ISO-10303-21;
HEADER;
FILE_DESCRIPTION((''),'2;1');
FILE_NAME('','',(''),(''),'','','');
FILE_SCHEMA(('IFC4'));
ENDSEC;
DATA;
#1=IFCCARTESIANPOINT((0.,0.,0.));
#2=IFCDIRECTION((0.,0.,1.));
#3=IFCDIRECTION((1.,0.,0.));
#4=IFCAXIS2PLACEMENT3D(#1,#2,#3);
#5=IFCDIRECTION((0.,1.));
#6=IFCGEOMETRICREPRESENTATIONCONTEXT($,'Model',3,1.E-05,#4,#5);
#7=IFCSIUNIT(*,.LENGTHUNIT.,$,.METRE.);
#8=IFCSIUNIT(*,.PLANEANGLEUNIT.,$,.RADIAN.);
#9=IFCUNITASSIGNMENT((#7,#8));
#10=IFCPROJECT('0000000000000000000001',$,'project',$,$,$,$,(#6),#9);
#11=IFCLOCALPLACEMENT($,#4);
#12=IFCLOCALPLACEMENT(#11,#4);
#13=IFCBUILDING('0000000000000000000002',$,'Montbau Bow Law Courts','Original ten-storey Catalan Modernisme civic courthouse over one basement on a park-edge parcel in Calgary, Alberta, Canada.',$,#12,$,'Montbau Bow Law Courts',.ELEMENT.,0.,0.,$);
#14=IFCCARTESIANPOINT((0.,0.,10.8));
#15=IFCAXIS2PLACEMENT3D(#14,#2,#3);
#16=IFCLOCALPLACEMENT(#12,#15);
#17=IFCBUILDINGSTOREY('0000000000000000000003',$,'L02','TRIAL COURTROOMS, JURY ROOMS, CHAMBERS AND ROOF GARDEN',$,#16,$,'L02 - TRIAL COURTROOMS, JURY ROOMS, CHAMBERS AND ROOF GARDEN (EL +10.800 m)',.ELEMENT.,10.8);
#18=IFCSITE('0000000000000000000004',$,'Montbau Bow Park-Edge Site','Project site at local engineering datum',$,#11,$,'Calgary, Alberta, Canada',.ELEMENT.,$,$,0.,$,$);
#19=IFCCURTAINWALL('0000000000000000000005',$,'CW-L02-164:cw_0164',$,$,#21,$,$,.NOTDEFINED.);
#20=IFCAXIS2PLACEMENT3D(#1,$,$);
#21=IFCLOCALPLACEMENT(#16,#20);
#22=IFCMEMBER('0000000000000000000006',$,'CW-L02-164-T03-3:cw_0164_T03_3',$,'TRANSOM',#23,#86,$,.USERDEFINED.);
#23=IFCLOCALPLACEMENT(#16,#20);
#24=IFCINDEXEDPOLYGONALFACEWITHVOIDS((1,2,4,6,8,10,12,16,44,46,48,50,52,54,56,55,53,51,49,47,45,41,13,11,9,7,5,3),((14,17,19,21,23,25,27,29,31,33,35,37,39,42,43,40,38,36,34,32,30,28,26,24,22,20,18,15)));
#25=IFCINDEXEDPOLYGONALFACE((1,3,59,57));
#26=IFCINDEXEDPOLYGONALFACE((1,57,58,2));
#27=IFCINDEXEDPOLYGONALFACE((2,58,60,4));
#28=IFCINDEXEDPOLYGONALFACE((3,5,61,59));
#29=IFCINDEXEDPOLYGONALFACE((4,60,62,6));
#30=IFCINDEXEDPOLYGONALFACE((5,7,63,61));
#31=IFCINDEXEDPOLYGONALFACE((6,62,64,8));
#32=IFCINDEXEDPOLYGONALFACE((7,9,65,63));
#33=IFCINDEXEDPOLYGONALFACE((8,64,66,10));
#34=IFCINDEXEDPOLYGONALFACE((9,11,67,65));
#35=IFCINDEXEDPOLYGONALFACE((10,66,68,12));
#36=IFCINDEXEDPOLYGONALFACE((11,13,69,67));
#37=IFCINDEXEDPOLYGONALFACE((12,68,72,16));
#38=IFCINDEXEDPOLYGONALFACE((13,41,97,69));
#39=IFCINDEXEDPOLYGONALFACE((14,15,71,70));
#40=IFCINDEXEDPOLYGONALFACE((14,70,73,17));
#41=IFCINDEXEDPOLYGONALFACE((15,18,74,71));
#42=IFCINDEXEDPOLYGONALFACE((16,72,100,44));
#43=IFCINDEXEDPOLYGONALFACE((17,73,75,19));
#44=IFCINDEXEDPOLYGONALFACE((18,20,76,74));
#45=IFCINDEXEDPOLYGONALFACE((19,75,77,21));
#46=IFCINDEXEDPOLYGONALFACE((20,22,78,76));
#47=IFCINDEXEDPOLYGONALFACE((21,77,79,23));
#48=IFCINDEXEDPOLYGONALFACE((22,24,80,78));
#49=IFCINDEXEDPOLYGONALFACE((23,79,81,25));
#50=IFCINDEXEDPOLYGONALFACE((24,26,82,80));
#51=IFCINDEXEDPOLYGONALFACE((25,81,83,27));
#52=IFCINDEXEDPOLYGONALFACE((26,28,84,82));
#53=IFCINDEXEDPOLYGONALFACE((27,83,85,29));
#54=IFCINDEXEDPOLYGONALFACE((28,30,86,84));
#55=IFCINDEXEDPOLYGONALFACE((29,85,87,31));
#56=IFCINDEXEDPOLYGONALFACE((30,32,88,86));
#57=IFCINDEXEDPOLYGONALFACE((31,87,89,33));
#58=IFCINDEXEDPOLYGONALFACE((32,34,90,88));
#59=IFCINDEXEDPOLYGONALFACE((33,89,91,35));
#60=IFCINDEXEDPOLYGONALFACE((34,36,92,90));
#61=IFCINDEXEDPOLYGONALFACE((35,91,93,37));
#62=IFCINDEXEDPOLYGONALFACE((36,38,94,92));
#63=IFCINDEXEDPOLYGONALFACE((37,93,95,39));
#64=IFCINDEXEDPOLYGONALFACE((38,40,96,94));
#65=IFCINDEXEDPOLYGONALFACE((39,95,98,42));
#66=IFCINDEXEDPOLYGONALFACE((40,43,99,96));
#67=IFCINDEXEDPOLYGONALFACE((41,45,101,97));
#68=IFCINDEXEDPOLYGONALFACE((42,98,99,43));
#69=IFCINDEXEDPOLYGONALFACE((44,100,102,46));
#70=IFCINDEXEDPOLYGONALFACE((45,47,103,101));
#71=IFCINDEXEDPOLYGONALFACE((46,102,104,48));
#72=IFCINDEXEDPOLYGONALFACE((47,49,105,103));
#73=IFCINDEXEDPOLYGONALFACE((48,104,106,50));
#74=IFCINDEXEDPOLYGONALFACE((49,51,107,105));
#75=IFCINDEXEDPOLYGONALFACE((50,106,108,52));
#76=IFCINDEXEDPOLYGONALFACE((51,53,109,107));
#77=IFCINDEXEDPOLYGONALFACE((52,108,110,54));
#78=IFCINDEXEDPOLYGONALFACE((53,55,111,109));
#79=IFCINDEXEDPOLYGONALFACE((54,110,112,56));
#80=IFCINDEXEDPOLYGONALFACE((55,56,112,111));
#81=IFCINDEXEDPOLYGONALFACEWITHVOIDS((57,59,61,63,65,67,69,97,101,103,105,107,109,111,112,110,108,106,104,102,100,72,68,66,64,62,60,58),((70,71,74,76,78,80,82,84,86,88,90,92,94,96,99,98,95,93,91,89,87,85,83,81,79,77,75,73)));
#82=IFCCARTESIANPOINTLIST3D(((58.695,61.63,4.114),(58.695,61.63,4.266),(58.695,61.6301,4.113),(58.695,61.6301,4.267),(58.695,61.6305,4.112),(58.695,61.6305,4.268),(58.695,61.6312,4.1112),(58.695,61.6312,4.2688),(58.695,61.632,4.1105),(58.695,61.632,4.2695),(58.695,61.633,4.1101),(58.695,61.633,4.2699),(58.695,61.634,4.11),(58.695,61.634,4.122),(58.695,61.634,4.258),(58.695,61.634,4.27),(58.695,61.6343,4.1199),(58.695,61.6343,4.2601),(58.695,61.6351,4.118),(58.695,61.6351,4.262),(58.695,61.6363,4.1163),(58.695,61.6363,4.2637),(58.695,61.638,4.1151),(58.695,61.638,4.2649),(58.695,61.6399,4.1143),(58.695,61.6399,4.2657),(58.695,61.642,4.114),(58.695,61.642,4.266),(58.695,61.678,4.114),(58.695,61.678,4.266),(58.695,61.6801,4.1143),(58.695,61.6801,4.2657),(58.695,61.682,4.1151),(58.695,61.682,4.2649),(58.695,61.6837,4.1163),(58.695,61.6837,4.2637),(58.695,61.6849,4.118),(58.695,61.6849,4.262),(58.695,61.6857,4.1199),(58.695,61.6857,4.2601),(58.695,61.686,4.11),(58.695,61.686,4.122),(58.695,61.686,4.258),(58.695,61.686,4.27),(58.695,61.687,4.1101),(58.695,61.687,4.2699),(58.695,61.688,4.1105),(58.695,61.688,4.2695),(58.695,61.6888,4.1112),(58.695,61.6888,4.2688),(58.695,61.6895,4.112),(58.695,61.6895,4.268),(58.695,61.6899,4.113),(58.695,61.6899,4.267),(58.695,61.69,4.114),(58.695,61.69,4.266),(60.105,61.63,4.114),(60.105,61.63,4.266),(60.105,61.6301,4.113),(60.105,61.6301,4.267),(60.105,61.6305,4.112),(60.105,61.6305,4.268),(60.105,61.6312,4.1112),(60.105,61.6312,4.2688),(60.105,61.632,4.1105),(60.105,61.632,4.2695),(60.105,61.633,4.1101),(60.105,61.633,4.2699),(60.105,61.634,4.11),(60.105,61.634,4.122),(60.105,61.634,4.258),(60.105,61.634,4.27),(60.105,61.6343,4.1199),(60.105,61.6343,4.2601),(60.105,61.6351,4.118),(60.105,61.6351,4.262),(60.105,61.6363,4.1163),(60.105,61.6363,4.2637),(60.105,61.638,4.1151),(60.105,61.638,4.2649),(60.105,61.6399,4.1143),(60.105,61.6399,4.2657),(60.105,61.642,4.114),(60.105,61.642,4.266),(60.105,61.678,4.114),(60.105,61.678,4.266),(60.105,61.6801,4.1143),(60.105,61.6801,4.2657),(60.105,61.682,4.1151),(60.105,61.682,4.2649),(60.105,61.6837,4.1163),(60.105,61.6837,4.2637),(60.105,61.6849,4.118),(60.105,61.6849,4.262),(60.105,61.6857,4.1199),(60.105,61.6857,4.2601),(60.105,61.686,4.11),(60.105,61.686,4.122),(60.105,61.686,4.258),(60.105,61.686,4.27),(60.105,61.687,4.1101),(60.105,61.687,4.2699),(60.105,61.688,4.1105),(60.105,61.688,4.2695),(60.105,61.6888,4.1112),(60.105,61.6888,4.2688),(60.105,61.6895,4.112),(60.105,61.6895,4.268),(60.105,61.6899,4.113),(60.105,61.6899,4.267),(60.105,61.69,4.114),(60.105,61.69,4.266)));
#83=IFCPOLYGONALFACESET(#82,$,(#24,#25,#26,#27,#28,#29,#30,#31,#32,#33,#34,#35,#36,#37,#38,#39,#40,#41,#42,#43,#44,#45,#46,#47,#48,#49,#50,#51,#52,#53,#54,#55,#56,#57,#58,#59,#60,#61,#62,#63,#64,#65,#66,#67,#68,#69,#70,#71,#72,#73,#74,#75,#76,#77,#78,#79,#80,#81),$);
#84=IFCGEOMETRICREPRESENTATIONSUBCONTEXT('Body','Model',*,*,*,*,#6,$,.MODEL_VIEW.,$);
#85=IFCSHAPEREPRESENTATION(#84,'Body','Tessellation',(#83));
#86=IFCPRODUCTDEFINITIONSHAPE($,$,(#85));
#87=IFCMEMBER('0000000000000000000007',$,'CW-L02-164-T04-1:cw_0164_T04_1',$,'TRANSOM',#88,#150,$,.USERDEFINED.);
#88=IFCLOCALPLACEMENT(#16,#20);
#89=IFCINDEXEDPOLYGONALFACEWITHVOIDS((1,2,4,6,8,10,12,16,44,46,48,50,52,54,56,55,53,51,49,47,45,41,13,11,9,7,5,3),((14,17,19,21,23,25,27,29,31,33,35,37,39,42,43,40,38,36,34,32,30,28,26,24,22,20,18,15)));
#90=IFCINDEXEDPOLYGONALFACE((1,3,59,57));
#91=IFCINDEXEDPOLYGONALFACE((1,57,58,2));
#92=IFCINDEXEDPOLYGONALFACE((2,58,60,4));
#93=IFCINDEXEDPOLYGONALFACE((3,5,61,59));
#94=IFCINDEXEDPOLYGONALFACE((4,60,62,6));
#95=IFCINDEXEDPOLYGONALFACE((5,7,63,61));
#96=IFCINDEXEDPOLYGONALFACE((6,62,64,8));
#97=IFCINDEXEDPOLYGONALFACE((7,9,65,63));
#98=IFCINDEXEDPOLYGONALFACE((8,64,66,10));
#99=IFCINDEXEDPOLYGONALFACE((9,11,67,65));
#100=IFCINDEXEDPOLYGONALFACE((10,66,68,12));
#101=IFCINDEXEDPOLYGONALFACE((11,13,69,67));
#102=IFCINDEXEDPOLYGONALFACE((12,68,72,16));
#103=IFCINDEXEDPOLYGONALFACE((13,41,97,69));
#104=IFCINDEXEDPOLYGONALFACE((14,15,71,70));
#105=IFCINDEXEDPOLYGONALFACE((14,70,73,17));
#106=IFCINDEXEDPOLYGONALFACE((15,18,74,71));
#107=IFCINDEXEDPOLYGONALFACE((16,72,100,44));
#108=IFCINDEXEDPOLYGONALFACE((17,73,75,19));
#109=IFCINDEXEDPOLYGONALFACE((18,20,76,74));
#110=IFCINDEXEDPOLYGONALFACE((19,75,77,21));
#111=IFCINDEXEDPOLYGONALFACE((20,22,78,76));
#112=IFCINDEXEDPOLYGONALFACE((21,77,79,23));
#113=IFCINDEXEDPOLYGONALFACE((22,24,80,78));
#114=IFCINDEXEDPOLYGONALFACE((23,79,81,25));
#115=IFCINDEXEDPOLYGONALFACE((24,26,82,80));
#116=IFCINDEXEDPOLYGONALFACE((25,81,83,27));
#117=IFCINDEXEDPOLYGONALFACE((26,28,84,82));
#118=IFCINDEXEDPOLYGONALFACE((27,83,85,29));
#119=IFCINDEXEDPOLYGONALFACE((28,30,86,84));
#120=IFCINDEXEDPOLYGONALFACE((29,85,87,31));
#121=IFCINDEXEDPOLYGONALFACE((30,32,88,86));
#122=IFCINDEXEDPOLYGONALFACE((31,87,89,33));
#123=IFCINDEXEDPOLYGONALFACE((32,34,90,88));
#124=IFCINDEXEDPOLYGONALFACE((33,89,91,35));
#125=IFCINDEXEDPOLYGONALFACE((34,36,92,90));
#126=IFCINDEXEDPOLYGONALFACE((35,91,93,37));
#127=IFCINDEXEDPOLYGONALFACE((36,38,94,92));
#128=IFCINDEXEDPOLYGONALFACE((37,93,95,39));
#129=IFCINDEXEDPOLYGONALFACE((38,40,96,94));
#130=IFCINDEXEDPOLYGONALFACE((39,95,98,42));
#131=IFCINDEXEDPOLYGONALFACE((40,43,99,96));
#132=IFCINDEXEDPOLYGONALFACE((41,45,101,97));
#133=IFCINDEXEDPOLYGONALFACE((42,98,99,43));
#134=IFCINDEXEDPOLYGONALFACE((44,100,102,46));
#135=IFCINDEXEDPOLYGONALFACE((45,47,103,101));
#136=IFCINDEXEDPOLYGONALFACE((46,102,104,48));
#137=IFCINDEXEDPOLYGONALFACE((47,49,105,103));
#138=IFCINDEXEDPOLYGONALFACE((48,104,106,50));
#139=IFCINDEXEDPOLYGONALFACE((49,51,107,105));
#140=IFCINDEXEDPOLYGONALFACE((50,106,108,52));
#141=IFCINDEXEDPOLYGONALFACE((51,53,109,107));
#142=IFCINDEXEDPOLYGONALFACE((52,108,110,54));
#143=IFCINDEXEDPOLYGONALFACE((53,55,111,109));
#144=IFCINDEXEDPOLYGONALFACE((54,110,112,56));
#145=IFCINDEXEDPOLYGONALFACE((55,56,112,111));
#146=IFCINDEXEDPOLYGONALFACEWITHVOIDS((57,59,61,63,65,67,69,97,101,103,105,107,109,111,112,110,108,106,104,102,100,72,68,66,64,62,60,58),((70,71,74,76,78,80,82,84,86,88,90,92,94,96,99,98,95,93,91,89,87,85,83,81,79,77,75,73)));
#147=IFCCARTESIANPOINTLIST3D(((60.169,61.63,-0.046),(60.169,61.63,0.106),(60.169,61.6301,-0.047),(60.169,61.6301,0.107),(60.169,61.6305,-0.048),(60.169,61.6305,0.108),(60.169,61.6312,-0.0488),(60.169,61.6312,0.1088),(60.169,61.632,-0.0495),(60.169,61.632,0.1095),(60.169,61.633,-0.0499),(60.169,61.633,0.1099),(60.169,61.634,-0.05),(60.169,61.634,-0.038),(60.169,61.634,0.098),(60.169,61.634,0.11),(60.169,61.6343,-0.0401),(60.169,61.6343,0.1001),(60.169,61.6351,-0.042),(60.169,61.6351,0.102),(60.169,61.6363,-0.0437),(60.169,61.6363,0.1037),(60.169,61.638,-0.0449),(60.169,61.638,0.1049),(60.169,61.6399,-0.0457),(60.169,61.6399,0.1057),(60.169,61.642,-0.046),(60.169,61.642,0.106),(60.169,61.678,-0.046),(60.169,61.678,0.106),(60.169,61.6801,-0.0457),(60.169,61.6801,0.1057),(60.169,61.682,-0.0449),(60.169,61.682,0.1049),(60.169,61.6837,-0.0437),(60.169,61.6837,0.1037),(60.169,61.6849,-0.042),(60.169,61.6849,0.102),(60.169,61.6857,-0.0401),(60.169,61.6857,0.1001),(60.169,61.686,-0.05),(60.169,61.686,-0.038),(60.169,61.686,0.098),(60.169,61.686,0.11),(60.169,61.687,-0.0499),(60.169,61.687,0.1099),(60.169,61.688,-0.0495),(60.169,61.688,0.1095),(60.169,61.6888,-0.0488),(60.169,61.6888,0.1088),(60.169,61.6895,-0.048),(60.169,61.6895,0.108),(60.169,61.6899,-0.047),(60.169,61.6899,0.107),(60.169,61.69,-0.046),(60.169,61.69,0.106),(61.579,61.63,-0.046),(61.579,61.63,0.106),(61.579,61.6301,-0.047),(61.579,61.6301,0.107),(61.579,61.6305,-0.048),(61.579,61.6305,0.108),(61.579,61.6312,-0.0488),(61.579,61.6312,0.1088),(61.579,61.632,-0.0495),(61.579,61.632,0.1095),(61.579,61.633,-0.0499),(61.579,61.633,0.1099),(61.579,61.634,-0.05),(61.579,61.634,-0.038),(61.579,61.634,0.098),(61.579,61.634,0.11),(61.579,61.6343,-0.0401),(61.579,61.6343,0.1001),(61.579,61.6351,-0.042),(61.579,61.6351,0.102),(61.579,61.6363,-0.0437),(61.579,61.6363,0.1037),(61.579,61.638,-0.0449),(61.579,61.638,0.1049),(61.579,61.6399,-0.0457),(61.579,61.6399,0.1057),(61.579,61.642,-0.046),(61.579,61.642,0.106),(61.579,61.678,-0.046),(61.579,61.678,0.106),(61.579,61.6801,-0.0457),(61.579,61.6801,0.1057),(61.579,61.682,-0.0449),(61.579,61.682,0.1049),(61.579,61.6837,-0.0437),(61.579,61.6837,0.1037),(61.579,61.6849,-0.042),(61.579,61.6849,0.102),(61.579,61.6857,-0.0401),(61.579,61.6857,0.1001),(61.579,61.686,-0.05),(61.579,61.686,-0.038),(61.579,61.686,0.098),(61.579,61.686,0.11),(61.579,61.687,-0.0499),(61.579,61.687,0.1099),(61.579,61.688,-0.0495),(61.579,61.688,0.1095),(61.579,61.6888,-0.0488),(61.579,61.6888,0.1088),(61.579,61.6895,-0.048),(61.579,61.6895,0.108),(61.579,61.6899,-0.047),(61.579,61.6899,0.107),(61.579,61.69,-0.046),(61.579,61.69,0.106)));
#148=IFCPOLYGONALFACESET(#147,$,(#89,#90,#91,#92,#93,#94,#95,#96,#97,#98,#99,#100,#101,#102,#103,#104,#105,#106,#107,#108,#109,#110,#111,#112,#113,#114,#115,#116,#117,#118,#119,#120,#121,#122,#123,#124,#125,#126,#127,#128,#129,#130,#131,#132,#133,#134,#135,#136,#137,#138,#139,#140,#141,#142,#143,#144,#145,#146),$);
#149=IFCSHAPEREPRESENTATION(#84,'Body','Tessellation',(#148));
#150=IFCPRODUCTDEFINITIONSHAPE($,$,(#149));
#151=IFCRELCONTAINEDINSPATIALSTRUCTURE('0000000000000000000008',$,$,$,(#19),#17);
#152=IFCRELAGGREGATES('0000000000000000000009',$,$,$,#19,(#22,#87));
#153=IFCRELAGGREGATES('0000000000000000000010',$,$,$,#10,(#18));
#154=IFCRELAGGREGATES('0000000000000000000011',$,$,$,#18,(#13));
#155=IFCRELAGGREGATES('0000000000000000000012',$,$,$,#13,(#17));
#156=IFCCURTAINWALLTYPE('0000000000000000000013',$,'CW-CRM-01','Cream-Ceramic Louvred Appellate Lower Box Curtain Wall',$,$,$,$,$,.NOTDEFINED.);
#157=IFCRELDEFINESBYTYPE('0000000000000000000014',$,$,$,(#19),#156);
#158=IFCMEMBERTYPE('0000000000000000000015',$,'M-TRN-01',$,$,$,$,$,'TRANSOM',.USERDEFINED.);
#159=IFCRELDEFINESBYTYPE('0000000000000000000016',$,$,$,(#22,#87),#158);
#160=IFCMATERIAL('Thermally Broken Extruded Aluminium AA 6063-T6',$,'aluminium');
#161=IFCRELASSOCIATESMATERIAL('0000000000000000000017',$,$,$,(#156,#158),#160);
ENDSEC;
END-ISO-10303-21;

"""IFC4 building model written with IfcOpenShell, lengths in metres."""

from ifc_helpers import new_model, si_unit, direction, frame, origin_with_axes, origin_2d_with_axis, place, context, subcontext, project, spatial, hollow_rectangle, extrude, material, material_profile, profile_set, type_object, element, aggregate, save


model = new_model("IFC4")

# Units and contexts
model_context = context("Model", 3, precision=1e-05, world=origin_with_axes(), true_north=direction((0.0, 1.0)))
body_context = subcontext(model_context, "Body", "Model", "MODEL_VIEW")
ifc_project = project(units=[si_unit("LENGTHUNIT", "METRE"), si_unit("PLANEANGLEUNIT", "RADIAN")], contexts=[model_context])

# Site, building, storey
site_placement = place(None, origin_with_axes())
site = spatial("IfcSite", under=ifc_project, at=site_placement, Name="Montbau Bow Park-Edge Site", Description="Project site at local engineering datum", LongName="Calgary, Alberta, Canada", CompositionType="ELEMENT", RefElevation=0.0)
building_placement = place(site_placement, origin_with_axes())
building = spatial("IfcBuilding", under=site, at=building_placement, Name="Montbau Bow Law Courts", Description="Original ten-storey Catalan Modernisme civic courthouse over one basement on a park-edge parcel in Calgary, Alberta, Canada.", LongName="Montbau Bow Law Courts", CompositionType="ELEMENT", ElevationOfRefHeight=0.0, ElevationOfTerrain=0.0)
storey_placement = place(building_placement, frame((0.0, 0.0, 10.8), z_axis=(0.0, 0.0, 1.0), x_axis=(1.0, 0.0, 0.0)))
storey = spatial("IfcBuildingStorey", under=building, at=storey_placement, Name="L02", Description="TRIAL COURTROOMS, JURY ROOMS, CHAMBERS AND ROOF GARDEN", LongName="L02 - TRIAL COURTROOMS, JURY ROOMS, CHAMBERS AND ROOF GARDEN (EL +10.800 m)", CompositionType="ELEMENT", Elevation=10.8)

# Curtain wall, members
ifc_material_1 = material(Name="Thermally Broken Extruded Aluminium AA 6063-T6", Category="aluminium")
curtain_wall_type = type_object("IfcCurtainWallType", Name="CW-CRM-01", Description="Cream-Ceramic Louvred Appellate Lower Box Curtain Wall", PredefinedType="NOTDEFINED", material=ifc_material_1)
curtain_wall_1_placement = place(None, frame((55.715, 61.66, 10.8), z_axis=(0.0, 0.0, 1.0), x_axis=(1.0, 0.0, 0.0)))
curtain_wall_1 = element("IfcCurtainWall", 1, at=curtain_wall_1_placement, inside=storey, type_object=curtain_wall_type, Name="CW-L02-164:cw_0164", PredefinedType="NOTDEFINED")
ifc_material_profile_1 = material_profile(ifc_material_1, hollow_rectangle(XDim=0.06, YDim=0.16, WallThickness=0.004, InnerFilletRadius=0.008, OuterFilletRadius=0.004, at=origin_2d_with_axis()), Name="CWT-160X60", Category="Main", Priority=0)
ifc_profile_set_1 = profile_set([ifc_material_profile_1], Name="Thermally Broken Extruded Aluminium AA 6063-T6")
member_type_1 = type_object("IfcMemberType", Name="M-TRN-01", ElementType="TRANSOM", PredefinedType="USERDEFINED", material=ifc_profile_set_1)
member_1_placement = place(None, frame((58.695, 61.66, 14.99), z_axis=(1.0, 0.0, 0.0), x_axis=(0.0, 1.0, 0.0)))
member_1 = element("IfcMember", 2, at=member_1_placement, type_object=member_type_1, Name="CW-L02-164-T03-3:cw_0164_T03_3", ObjectType="TRANSOM", PredefinedType="USERDEFINED", context=body_context, shape_type="SweptSolid", body=[
    extrude(hollow_rectangle(XDim=0.06, YDim=0.16, WallThickness=0.004, InnerFilletRadius=0.008, OuterFilletRadius=0.004, at=origin_2d_with_axis()), origin_with_axes(), (0.0, 0.0, 1.0), 1.41),
])
member_2_placement = place(None, frame((60.169, 61.66, 10.83), z_axis=(1.0, 0.0, 0.0), x_axis=(0.0, 1.0, 0.0)))
member_2 = element("IfcMember", 3, at=member_2_placement, type_object=member_type_1, Name="CW-L02-164-T04-1:cw_0164_T04_1", ObjectType="TRANSOM", PredefinedType="USERDEFINED", context=body_context, shape_type="SweptSolid", body=[
    extrude(hollow_rectangle(XDim=0.06, YDim=0.16, WallThickness=0.004, InnerFilletRadius=0.008, OuterFilletRadius=0.004, at=origin_2d_with_axis()), origin_with_axes(), (0.0, 0.0, 1.0), 1.41),
])

aggregate(curtain_wall_1, [member_1, member_2])

save(model, "model.ifc")
